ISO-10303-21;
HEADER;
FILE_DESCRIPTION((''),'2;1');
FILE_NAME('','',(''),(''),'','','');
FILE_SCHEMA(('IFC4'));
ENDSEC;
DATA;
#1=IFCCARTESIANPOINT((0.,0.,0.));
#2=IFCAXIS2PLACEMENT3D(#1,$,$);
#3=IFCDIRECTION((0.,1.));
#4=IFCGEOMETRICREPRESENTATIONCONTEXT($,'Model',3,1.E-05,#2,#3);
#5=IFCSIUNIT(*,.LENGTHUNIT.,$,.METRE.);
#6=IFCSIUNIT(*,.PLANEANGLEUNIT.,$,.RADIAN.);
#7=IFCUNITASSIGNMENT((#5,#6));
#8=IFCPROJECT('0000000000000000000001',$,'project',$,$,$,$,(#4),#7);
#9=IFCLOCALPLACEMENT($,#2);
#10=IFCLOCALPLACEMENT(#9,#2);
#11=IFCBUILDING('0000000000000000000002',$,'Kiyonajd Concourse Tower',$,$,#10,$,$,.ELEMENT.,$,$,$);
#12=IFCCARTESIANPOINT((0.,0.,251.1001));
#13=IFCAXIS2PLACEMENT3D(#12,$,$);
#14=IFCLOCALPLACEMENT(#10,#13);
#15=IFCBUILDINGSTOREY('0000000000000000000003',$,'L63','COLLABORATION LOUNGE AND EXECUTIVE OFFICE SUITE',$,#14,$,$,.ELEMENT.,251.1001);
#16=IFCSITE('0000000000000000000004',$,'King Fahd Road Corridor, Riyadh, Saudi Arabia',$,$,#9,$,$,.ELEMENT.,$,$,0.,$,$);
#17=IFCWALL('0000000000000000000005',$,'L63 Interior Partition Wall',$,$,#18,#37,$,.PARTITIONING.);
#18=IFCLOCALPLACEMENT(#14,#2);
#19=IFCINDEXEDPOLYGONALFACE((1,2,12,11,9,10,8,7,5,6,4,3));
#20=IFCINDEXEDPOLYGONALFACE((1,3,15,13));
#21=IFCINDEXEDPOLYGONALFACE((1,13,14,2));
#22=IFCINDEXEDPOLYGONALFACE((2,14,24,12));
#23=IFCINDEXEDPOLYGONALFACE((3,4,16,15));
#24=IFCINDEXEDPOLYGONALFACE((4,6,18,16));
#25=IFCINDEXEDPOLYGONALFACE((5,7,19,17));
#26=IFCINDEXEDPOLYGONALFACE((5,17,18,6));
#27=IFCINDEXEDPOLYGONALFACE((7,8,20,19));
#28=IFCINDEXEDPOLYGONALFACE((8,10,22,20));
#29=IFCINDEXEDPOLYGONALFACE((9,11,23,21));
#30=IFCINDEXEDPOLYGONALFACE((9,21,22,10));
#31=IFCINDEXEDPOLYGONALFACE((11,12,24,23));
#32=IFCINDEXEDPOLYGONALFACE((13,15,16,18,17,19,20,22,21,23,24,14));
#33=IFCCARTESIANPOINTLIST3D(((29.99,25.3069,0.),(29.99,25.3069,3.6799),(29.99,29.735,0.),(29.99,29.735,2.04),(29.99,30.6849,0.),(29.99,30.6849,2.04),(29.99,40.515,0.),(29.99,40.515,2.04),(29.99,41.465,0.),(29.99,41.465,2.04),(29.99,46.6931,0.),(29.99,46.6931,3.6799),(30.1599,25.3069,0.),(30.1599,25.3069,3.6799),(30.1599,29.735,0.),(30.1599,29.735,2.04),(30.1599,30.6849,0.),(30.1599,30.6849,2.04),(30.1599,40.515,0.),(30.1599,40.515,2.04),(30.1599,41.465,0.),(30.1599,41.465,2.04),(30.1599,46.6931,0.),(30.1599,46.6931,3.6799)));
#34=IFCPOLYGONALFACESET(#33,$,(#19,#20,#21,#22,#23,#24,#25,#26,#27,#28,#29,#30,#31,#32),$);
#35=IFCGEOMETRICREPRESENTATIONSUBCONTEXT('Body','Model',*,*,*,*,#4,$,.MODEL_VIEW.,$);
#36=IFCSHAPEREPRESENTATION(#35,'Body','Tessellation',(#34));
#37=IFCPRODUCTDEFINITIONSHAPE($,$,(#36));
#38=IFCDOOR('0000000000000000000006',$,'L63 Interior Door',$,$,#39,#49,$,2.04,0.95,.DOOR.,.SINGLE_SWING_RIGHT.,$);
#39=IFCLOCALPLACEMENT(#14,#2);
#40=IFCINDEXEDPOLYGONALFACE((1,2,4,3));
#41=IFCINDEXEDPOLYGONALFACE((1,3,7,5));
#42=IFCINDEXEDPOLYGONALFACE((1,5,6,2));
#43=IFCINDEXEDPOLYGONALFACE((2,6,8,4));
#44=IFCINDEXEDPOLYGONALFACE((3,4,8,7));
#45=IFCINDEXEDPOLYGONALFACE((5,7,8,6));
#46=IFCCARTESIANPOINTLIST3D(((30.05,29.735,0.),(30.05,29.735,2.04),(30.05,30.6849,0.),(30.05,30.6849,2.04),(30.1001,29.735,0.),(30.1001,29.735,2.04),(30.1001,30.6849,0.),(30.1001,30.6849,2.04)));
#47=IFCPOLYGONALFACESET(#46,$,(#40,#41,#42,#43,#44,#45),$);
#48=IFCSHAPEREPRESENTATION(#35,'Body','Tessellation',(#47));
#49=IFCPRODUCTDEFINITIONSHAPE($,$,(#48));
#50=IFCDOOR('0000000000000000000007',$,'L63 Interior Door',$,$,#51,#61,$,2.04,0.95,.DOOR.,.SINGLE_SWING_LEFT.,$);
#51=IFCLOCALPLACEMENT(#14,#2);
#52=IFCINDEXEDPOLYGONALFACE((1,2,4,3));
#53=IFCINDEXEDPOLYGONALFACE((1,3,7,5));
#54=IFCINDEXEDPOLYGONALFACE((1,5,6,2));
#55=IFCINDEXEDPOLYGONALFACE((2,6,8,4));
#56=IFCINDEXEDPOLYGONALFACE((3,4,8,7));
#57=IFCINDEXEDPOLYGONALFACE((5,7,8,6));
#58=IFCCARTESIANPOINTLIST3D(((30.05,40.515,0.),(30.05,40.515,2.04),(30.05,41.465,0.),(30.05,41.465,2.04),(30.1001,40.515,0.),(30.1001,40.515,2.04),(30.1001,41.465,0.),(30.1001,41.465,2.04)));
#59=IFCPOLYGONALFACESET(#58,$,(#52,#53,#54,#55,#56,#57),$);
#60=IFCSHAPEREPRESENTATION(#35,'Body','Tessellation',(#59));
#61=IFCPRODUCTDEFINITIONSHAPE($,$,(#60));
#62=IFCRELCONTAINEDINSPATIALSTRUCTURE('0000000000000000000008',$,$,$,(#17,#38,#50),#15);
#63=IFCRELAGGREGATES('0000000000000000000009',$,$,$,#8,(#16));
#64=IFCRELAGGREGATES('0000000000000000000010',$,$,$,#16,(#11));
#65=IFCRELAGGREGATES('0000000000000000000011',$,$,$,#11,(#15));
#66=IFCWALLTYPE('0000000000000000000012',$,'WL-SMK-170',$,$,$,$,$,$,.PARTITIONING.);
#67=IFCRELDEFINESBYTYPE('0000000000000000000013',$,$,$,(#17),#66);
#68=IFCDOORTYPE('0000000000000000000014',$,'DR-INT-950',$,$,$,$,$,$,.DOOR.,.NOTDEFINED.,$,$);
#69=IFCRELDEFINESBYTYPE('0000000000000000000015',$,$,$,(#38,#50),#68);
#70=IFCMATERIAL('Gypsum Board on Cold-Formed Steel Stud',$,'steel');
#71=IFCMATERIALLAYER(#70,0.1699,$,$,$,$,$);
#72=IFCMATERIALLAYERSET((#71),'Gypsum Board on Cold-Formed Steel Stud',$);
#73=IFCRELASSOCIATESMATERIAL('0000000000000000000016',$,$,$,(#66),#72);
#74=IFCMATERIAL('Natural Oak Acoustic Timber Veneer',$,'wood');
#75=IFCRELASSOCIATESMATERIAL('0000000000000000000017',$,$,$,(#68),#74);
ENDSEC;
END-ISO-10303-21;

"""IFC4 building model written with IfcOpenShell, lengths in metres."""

from ifc_helpers import new_model, si_unit, direction, frame, frame_2d, origin, place, context, subcontext, project, spatial, rectangle, extrude, material, layer, layer_set, type_object, element, fill, save


model = new_model("IFC4")

# Units and contexts
model_context = context("Model", 3, precision=1e-05, world=origin(), true_north=direction((0.0, 1.0)))
body_context = subcontext(model_context, "Body", "Model", "MODEL_VIEW")
ifc_project = project(units=[si_unit("LENGTHUNIT", "METRE"), si_unit("PLANEANGLEUNIT", "RADIAN")], contexts=[model_context])

# Site, building, storey
site_placement = place(None, origin())
site = spatial("IfcSite", under=ifc_project, at=site_placement, Name="King Fahd Road Corridor, Riyadh, Saudi Arabia", CompositionType="ELEMENT", RefElevation=0.0)
building_placement = place(site_placement, origin())
building = spatial("IfcBuilding", under=site, at=building_placement, Name="Kiyonajd Concourse Tower", CompositionType="ELEMENT")
storey_placement = place(building_placement, frame((0.0, 0.0, 251.1001)))
storey = spatial("IfcBuildingStorey", under=building, at=storey_placement, Name="L63", Description="COLLABORATION LOUNGE AND EXECUTIVE OFFICE SUITE", CompositionType="ELEMENT", Elevation=251.1001)

# Wall, openings, doors
ifc_material_1 = material(Name="Gypsum Board on Cold-Formed Steel Stud", Category="steel")
ifc_layer_1 = layer(ifc_material_1, 0.1699)
ifc_layer_set_1 = layer_set([ifc_layer_1], Name="Gypsum Board on Cold-Formed Steel Stud")
wall_type_1 = type_object("IfcWallType", Name="WL-SMK-170", PredefinedType="PARTITIONING", material=ifc_layer_set_1)
ifc_material_2 = material(Name="Natural Oak Acoustic Timber Veneer", Category="wood")
door_type = type_object("IfcDoorType", Name="DR-INT-950", OperationType="NOTDEFINED", PredefinedType="DOOR", material=ifc_material_2)
wall_1_placement = place(storey_placement, frame((30.075, 25.3069, 0.0), z_axis=(0.0, 0.0, 1.0), x_axis=(0.0, 1.0, 0.0)))
wall_1 = element("IfcWall", 1, at=wall_1_placement, inside=storey, type_object=wall_type_1, Name="L63 Interior Partition Wall", PredefinedType="PARTITIONING", context=body_context, shape_type="SweptSolid", body=[
    extrude(rectangle(XDim=21.3862, YDim=0.1699, at=frame_2d((10.6931, 0.0))), origin(), (0.0, 0.0, 1.0), 3.6799),
])
opening_1_placement = place(wall_1_placement, frame((4.428, 0.0, 0.0)))
opening_1 = element("IfcOpeningElement", 2, at=opening_1_placement, cuts=wall_1, PredefinedType="OPENING", context=body_context, shape_type="SweptSolid", body=[
    extrude(rectangle(XDim=0.95, YDim=2.04, at=frame_2d((0.4751, 1.02))), frame((0.0, 0.095, 0.0), z_axis=(0.0, -1.0, 0.0), x_axis=(1.0, 0.0, 0.0)), (0.0, 0.0, 1.0), 0.1899),
])
opening_2_placement = place(wall_1_placement, frame((15.208, 0.0, 0.0)))
opening_2 = element("IfcOpeningElement", 3, at=opening_2_placement, cuts=wall_1, PredefinedType="OPENING", context=body_context, shape_type="SweptSolid", body=[
    extrude(rectangle(XDim=0.95, YDim=2.04, at=frame_2d((0.4751, 1.02))), frame((0.0, 0.095, 0.0), z_axis=(0.0, -1.0, 0.0), x_axis=(1.0, 0.0, 0.0)), (0.0, 0.0, 1.0), 0.1899),
])
door_1_placement = place(opening_1_placement, origin())
door_1 = element("IfcDoor", 4, at=door_1_placement, inside=storey, type_object=door_type, Name="L63 Interior Door", OperationType="SINGLE_SWING_RIGHT", OverallHeight=2.04, OverallWidth=0.95, PredefinedType="DOOR", context=body_context, shape_type="SweptSolid", body=[
    extrude(rectangle(XDim=0.95, YDim=2.04, at=frame_2d((0.4751, 1.02))), frame((0.0, 0.0249, 0.0), z_axis=(0.0, -1.0, 0.0), x_axis=(1.0, 0.0, 0.0)), (0.0, 0.0, 1.0), 0.05),
])
fill(opening_1, door_1)
door_2_placement = place(opening_2_placement, origin())
door_2 = element("IfcDoor", 5, at=door_2_placement, inside=storey, type_object=door_type, Name="L63 Interior Door", OperationType="SINGLE_SWING_LEFT", OverallHeight=2.04, OverallWidth=0.95, PredefinedType="DOOR", context=body_context, shape_type="SweptSolid", body=[
    extrude(rectangle(XDim=0.95, YDim=2.04, at=frame_2d((0.4751, 1.02))), frame((0.0, 0.0249, 0.0), z_axis=(0.0, -1.0, 0.0), x_axis=(1.0, 0.0, 0.0)), (0.0, 0.0, 1.0), 0.05),
])
fill(opening_2, door_2)

save(model, "model.ifc")
